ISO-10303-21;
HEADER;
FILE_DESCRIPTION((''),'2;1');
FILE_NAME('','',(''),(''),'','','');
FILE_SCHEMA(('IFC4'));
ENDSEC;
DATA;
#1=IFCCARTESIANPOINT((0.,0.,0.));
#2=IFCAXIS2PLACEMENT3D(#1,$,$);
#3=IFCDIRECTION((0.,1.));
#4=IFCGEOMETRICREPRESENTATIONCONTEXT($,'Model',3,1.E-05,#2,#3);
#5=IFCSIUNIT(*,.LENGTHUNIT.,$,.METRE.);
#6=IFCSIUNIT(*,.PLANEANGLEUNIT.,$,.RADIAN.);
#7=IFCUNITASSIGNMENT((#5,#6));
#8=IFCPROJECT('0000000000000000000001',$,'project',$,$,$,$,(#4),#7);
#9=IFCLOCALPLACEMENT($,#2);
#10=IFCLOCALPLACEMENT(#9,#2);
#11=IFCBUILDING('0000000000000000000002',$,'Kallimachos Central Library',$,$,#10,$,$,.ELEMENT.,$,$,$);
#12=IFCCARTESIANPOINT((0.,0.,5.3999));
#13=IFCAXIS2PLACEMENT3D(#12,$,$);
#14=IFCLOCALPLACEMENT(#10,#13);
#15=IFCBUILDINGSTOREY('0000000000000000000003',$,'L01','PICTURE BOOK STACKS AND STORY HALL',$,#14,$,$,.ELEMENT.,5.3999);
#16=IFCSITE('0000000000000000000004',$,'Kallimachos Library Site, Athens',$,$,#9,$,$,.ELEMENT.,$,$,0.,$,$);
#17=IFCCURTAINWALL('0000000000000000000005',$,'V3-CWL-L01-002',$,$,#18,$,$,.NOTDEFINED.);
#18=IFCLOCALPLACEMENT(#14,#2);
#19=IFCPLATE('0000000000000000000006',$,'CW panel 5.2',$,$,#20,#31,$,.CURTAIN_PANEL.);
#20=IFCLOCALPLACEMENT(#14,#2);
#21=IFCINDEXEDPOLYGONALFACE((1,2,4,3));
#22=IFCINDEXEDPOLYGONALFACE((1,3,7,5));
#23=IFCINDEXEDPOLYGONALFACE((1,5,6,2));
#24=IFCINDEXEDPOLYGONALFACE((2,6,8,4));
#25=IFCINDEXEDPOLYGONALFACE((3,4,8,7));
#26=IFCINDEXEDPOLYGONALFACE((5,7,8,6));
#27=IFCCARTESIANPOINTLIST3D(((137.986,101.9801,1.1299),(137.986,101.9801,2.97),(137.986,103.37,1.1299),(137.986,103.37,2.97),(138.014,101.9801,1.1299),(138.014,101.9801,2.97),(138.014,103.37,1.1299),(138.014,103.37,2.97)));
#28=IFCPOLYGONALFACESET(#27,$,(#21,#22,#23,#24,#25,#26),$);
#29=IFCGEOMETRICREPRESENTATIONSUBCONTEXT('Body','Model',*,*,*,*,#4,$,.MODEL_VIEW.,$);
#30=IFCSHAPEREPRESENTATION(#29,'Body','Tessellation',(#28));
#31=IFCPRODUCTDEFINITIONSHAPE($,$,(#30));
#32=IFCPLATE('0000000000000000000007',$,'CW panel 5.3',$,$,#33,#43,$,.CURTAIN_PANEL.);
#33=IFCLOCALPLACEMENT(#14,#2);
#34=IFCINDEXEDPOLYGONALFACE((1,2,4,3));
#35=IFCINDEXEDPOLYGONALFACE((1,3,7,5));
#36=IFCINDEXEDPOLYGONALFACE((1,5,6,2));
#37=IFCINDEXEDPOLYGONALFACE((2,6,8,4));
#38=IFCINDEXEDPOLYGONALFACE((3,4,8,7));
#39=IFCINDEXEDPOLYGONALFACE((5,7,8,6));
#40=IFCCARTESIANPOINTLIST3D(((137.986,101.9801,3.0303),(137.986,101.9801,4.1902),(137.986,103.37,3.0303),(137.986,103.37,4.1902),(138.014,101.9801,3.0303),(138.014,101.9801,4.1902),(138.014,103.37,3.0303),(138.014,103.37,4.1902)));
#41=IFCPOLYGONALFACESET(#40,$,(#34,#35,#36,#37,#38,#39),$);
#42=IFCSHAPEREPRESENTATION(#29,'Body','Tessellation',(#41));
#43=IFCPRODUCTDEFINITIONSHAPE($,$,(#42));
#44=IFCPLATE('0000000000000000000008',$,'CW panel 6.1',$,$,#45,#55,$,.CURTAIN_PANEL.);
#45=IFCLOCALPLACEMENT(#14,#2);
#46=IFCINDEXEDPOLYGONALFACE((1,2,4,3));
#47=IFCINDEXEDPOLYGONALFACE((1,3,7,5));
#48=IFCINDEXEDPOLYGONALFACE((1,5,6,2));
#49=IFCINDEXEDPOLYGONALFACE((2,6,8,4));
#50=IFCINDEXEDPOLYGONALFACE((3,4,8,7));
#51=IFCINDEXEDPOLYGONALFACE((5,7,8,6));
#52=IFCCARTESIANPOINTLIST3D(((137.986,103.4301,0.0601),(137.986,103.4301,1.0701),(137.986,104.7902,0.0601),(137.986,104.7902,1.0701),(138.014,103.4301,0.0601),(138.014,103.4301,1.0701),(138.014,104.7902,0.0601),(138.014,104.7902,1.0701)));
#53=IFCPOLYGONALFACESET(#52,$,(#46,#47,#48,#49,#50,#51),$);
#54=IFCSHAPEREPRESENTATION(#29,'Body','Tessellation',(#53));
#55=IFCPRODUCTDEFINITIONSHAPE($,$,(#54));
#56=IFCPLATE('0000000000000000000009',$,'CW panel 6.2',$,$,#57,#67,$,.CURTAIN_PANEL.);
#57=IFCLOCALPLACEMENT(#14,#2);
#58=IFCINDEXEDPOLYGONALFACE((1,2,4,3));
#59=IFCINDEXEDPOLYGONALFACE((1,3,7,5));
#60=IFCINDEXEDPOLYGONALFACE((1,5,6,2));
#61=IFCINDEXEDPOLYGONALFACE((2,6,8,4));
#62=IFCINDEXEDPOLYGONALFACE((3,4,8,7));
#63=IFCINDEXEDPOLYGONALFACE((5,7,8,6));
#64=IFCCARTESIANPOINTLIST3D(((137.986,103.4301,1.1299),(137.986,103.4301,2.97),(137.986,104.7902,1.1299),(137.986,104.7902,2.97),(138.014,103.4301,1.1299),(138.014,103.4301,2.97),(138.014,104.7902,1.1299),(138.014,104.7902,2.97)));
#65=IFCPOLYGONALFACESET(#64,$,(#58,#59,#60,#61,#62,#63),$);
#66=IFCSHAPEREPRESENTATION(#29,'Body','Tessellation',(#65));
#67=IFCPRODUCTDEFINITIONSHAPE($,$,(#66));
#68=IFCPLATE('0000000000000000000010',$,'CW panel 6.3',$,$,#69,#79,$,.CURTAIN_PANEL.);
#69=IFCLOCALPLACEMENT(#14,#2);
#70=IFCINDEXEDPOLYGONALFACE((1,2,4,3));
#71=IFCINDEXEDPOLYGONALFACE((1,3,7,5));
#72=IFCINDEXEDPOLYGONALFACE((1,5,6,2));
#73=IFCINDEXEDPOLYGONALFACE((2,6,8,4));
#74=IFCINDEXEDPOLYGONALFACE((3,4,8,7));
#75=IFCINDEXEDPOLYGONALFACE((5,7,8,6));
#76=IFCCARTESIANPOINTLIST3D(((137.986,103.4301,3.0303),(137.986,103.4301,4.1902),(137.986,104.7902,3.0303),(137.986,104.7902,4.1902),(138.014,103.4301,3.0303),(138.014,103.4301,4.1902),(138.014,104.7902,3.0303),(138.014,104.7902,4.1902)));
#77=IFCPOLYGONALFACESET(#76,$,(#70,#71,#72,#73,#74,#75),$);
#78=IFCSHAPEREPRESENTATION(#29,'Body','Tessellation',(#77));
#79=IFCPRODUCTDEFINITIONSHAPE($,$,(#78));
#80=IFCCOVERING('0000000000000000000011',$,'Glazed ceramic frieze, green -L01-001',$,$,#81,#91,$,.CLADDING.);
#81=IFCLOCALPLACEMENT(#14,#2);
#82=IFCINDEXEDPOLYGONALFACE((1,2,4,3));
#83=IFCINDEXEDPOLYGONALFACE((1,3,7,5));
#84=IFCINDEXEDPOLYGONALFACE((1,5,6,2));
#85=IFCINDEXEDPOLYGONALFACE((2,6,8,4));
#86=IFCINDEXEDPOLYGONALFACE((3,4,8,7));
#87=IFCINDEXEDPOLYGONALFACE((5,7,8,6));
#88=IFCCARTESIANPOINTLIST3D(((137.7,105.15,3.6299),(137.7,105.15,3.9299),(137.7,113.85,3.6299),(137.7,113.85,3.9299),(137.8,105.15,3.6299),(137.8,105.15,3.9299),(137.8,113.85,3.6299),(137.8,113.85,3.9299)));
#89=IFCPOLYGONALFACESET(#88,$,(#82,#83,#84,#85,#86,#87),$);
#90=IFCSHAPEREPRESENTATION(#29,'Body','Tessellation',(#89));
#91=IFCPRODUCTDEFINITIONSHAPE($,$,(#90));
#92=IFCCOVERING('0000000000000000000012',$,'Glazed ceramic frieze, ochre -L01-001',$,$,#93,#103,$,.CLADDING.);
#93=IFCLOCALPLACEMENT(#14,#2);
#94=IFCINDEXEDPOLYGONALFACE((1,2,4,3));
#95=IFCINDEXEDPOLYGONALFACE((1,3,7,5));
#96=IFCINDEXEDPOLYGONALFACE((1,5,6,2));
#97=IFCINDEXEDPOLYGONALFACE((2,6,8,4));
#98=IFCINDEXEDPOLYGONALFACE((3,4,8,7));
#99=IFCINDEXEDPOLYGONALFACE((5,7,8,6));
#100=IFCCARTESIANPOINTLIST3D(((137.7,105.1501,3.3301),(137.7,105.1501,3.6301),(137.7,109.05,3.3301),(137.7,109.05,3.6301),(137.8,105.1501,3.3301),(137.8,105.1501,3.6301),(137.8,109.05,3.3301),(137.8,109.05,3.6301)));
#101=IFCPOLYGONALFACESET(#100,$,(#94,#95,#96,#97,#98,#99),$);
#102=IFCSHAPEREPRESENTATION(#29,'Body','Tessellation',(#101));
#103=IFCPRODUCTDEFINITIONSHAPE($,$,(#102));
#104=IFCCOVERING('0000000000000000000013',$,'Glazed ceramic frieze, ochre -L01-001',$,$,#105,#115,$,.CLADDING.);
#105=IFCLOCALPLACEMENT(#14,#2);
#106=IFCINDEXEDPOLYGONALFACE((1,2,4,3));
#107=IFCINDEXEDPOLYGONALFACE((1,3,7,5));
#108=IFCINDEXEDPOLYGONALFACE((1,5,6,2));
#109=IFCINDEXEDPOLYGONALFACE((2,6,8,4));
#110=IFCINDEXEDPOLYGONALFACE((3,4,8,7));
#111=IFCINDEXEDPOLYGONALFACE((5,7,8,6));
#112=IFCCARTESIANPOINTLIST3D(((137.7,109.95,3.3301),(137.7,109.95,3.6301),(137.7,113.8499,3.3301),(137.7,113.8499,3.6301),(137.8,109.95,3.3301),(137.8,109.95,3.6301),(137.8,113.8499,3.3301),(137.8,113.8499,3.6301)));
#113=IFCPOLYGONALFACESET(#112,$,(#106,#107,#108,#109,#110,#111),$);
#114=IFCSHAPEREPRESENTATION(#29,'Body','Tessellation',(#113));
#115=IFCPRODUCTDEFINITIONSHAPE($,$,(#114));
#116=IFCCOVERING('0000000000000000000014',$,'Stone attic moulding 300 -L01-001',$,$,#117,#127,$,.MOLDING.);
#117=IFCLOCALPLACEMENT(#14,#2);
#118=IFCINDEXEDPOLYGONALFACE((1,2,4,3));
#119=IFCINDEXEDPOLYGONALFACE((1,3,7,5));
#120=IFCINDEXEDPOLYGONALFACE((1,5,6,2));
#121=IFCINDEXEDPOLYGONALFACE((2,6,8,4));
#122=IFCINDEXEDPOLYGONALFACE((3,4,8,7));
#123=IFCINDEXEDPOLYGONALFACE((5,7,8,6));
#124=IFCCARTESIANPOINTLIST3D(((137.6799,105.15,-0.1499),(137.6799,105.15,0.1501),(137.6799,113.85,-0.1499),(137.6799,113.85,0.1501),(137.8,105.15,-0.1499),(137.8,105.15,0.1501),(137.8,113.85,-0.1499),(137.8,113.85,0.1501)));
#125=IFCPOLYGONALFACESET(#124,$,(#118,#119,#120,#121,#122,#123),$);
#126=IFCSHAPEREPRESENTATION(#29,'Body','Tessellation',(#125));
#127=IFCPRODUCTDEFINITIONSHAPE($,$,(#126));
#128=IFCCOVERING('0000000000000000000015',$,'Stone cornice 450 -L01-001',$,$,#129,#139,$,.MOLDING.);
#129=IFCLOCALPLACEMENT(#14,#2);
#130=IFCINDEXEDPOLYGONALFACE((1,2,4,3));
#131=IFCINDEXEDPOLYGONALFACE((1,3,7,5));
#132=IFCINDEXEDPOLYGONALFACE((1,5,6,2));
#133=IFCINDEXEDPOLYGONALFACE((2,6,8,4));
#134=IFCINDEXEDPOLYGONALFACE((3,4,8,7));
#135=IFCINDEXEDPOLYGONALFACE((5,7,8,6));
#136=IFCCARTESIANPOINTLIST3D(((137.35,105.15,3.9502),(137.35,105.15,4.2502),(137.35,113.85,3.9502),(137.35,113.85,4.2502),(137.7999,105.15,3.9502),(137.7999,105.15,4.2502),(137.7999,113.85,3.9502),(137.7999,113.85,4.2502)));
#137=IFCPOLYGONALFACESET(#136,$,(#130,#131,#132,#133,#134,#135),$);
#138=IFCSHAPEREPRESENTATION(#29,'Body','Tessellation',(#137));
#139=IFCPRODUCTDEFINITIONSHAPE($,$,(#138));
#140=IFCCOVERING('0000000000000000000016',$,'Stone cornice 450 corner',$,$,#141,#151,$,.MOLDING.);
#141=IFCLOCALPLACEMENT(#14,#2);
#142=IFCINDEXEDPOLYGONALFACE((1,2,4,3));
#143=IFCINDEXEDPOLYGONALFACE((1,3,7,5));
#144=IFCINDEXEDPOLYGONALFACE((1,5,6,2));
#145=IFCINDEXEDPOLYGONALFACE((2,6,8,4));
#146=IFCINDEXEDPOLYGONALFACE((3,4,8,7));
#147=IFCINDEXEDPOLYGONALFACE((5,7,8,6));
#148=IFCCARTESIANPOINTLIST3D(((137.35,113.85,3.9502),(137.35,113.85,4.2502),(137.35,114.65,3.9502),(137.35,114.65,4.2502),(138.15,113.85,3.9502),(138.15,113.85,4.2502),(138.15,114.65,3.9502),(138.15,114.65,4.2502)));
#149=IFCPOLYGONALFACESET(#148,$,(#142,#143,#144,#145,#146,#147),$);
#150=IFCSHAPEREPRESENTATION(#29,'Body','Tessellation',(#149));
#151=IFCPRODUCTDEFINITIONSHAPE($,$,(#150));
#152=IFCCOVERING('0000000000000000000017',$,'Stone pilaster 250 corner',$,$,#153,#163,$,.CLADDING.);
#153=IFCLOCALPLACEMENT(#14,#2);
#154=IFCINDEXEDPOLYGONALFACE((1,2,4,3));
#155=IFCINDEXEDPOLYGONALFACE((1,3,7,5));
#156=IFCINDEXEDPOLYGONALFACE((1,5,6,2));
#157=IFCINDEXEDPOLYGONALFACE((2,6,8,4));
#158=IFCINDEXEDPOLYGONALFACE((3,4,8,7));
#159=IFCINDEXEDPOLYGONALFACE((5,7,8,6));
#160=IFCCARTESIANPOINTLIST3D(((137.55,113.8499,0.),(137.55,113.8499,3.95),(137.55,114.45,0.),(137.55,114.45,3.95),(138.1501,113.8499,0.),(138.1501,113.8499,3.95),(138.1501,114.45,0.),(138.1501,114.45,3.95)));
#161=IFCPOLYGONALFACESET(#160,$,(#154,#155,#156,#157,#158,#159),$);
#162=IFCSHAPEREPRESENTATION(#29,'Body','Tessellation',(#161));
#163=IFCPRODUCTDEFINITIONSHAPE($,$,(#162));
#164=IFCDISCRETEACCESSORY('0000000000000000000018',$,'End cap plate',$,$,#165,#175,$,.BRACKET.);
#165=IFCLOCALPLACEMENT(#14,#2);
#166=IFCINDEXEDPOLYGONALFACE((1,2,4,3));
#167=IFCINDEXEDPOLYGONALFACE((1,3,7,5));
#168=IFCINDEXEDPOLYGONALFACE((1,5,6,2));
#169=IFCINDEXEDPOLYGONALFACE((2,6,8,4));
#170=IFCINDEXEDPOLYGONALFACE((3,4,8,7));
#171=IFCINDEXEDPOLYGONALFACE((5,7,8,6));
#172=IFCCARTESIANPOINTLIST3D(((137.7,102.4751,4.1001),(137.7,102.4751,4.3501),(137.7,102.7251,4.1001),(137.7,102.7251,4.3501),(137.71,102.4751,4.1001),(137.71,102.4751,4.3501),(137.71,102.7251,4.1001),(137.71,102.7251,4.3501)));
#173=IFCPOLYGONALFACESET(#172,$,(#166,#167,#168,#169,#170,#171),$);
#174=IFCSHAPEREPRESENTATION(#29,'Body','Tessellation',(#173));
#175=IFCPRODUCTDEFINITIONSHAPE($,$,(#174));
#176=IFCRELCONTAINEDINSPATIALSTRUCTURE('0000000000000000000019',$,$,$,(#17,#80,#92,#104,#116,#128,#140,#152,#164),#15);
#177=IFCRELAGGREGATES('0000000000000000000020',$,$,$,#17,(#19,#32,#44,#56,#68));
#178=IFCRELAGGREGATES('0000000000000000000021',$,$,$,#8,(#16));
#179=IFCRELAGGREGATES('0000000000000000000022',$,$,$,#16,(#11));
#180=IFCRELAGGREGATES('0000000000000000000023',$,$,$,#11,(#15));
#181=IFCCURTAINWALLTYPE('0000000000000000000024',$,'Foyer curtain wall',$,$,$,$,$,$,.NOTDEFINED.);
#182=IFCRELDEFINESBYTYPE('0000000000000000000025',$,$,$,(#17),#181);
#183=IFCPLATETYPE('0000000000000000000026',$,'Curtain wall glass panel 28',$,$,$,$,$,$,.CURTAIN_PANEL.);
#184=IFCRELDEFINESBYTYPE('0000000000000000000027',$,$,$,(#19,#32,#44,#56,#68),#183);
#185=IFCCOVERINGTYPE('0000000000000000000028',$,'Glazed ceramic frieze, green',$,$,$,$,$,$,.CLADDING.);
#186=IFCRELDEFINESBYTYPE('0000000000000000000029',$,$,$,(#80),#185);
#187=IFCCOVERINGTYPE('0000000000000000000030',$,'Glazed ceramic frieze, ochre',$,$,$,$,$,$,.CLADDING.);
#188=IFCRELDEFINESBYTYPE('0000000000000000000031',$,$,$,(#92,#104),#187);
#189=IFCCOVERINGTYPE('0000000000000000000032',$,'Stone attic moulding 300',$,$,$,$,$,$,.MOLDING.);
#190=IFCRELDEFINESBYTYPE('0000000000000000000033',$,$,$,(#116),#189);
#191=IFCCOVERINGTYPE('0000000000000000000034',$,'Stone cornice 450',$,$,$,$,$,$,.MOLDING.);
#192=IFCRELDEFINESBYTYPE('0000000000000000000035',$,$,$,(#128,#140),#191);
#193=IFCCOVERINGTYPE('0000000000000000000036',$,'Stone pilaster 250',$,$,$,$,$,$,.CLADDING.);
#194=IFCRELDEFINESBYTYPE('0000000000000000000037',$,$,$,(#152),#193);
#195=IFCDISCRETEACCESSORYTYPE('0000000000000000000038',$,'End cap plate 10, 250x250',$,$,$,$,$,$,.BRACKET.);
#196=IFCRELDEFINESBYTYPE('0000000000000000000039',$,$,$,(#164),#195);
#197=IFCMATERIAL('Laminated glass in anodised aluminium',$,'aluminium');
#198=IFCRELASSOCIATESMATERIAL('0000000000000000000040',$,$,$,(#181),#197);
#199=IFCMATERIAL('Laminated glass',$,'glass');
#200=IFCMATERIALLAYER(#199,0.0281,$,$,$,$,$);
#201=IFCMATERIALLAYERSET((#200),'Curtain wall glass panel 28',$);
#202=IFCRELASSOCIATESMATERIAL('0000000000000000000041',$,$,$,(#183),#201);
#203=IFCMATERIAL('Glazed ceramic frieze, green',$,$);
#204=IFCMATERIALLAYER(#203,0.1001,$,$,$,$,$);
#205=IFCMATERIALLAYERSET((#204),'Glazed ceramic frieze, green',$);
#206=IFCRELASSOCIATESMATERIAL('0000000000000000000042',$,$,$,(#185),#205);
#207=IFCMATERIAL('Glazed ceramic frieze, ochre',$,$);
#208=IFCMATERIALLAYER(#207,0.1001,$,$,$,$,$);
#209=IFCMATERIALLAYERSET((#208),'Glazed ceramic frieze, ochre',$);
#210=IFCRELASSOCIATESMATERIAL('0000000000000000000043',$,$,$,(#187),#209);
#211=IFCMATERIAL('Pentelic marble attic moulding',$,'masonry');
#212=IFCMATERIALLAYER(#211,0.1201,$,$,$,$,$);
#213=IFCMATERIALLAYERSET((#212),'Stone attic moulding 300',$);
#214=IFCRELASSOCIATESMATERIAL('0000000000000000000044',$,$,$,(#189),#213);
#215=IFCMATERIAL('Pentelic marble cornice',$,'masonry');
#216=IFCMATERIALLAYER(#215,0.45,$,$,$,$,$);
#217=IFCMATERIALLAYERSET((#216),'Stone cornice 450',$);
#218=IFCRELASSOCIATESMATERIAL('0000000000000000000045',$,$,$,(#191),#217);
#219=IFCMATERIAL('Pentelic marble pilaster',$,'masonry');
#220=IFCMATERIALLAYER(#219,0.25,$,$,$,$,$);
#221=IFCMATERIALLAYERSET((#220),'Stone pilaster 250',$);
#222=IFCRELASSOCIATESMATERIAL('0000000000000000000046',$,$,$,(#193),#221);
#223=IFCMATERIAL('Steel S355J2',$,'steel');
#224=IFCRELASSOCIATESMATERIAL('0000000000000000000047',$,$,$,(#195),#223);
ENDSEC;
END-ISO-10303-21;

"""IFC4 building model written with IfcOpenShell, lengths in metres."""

from ifc_helpers import new_model, si_unit, direction, frame, origin, origin_2d, place, context, subcontext, project, spatial, rectangle, extrude, material, layer, layer_set, material_profile, profile_set, type_object, element, aggregate, save


model = new_model("IFC4")

# Units and contexts
model_context = context("Model", 3, precision=1e-05, world=origin(), true_north=direction((0.0, 1.0)))
body_context = subcontext(model_context, "Body", "Model", "MODEL_VIEW")
ifc_project = project(units=[si_unit("LENGTHUNIT", "METRE"), si_unit("PLANEANGLEUNIT", "RADIAN")], contexts=[model_context])

# Site, building, storey
site_placement = place(None, origin())
site = spatial("IfcSite", under=ifc_project, at=site_placement, Name="Kallimachos Library Site, Athens", CompositionType="ELEMENT", RefElevation=0.0)
building_placement = place(site_placement, origin())
building = spatial("IfcBuilding", under=site, at=building_placement, Name="Kallimachos Central Library", CompositionType="ELEMENT")
storey_placement = place(building_placement, frame((0.0, 0.0, 5.3999)))
storey = spatial("IfcBuildingStorey", under=building, at=storey_placement, Name="L01", Description="PICTURE BOOK STACKS AND STORY HALL", CompositionType="ELEMENT", Elevation=5.3999)

# Curtain wall, plates
ifc_material_1 = material(Name="Laminated glass in anodised aluminium", Category="aluminium")
curtain_wall_type = type_object("IfcCurtainWallType", Name="Foyer curtain wall", PredefinedType="NOTDEFINED", material=ifc_material_1)
curtain_wall_placement = place(storey_placement, origin())
curtain_wall = element("IfcCurtainWall", 1, at=curtain_wall_placement, inside=storey, type_object=curtain_wall_type, Name="V3-CWL-L01-002", PredefinedType="NOTDEFINED")
ifc_material_2 = material(Name="Laminated glass", Category="glass")
ifc_layer_1 = layer(ifc_material_2, 0.0281)
ifc_layer_set_1 = layer_set([ifc_layer_1], Name="Curtain wall glass panel 28")
plate_type = type_object("IfcPlateType", Name="Curtain wall glass panel 28", PredefinedType="CURTAIN_PANEL", material=ifc_layer_set_1)
plate_1_placement = place(storey_placement, frame((138.0, 102.675, 1.1299), z_axis=(0.0, 0.0, 1.0), x_axis=(0.0, 1.0, 0.0)))
plate_1 = element("IfcPlate", 2, at=plate_1_placement, type_object=plate_type, Name="CW panel 5.2", PredefinedType="CURTAIN_PANEL", context=body_context, shape_type="SweptSolid", body=[
    extrude(rectangle(XDim=1.3899, YDim=0.0281, at=origin_2d()), origin(), (0.0, 0.0, 1.0), 1.8401),
])
plate_2_placement = place(storey_placement, frame((138.0, 102.675, 3.0303), z_axis=(0.0, 0.0, 1.0), x_axis=(0.0, 1.0, 0.0)))
plate_2 = element("IfcPlate", 3, at=plate_2_placement, type_object=plate_type, Name="CW panel 5.3", PredefinedType="CURTAIN_PANEL", context=body_context, shape_type="SweptSolid", body=[
    extrude(rectangle(XDim=1.3899, YDim=0.0281, at=origin_2d()), origin(), (0.0, 0.0, 1.0), 1.1599),
])
plate_3_placement = place(storey_placement, frame((138.0, 104.1101, 0.0601), z_axis=(0.0, 0.0, 1.0), x_axis=(0.0, 1.0, 0.0)))
plate_3 = element("IfcPlate", 4, at=plate_3_placement, type_object=plate_type, Name="CW panel 6.1", PredefinedType="CURTAIN_PANEL", context=body_context, shape_type="SweptSolid", body=[
    extrude(rectangle(XDim=1.3601, YDim=0.0281, at=origin_2d()), origin(), (0.0, 0.0, 1.0), 1.01),
])
plate_4_placement = place(storey_placement, frame((138.0, 104.1101, 1.1299), z_axis=(0.0, 0.0, 1.0), x_axis=(0.0, 1.0, 0.0)))
plate_4 = element("IfcPlate", 5, at=plate_4_placement, type_object=plate_type, Name="CW panel 6.2", PredefinedType="CURTAIN_PANEL", context=body_context, shape_type="SweptSolid", body=[
    extrude(rectangle(XDim=1.3601, YDim=0.0281, at=origin_2d()), origin(), (0.0, 0.0, 1.0), 1.8401),
])
plate_5_placement = place(storey_placement, frame((138.0, 104.1101, 3.0303), z_axis=(0.0, 0.0, 1.0), x_axis=(0.0, 1.0, 0.0)))
plate_5 = element("IfcPlate", 6, at=plate_5_placement, type_object=plate_type, Name="CW panel 6.3", PredefinedType="CURTAIN_PANEL", context=body_context, shape_type="SweptSolid", body=[
    extrude(rectangle(XDim=1.3601, YDim=0.0281, at=origin_2d()), origin(), (0.0, 0.0, 1.0), 1.1599),
])
aggregate(curtain_wall, [plate_1, plate_2, plate_3, plate_4, plate_5])

# Coverings
ifc_material_3 = material(Name="Glazed ceramic frieze, green")
ifc_layer_2 = layer(ifc_material_3, 0.1001)
ifc_layer_set_2 = layer_set([ifc_layer_2], Name="Glazed ceramic frieze, green")
covering_type_1 = type_object("IfcCoveringType", Name="Glazed ceramic frieze, green", PredefinedType="CLADDING", material=ifc_layer_set_2)
covering_1_placement = place(storey_placement, frame((137.75, 109.5, 3.6299), z_axis=(0.0, 0.0, 1.0), x_axis=(1.0, 0.0, 0.0)))
element("IfcCovering", 7, at=covering_1_placement, inside=storey, type_object=covering_type_1, Name="Glazed ceramic frieze, green -L01-001", PredefinedType="CLADDING", context=body_context, shape_type="SweptSolid", body=[
    extrude(rectangle(XDim=0.1001, YDim=8.7, at=origin_2d()), origin(), (0.0, 0.0, 1.0), 0.3),
])
ifc_material_4 = material(Name="Glazed ceramic frieze, ochre")
ifc_layer_3 = layer(ifc_material_4, 0.1001)
ifc_layer_set_3 = layer_set([ifc_layer_3], Name="Glazed ceramic frieze, ochre")
covering_type_2 = type_object("IfcCoveringType", Name="Glazed ceramic frieze, ochre", PredefinedType="CLADDING", material=ifc_layer_set_3)
for number, where, z_axis, x_axis, name in (
    (8, (137.75, 107.1001, 3.3301), (0.0, 0.0, 1.0), (1.0, 0.0, 0.0), "Glazed ceramic frieze, ochre -L01-001"),
    (9, (137.75, 111.8999, 3.3301), (0.0, 0.0, 1.0), (1.0, 0.0, 0.0), "Glazed ceramic frieze, ochre -L01-001"),
):
    element("IfcCovering", number, at=place(storey_placement, frame(where, z_axis=z_axis, x_axis=x_axis)), inside=storey, type_object=covering_type_2, Name=name, PredefinedType="CLADDING", context=body_context, shape_type="SweptSolid", body=[
        extrude(rectangle(XDim=0.1001, YDim=3.8999, at=origin_2d()), origin(), (0.0, 0.0, 1.0), 0.3),
    ])
ifc_material_5 = material(Name="Pentelic marble attic moulding", Category="masonry")
ifc_layer_4 = layer(ifc_material_5, 0.1201)
ifc_layer_set_4 = layer_set([ifc_layer_4], Name="Stone attic moulding 300")
covering_type_3 = type_object("IfcCoveringType", Name="Stone attic moulding 300", PredefinedType="MOLDING", material=ifc_layer_set_4)
covering_2_placement = place(storey_placement, frame((137.74, 109.5, -0.1499), z_axis=(0.0, 0.0, 1.0), x_axis=(1.0, 0.0, 0.0)))
element("IfcCovering", 10, at=covering_2_placement, inside=storey, type_object=covering_type_3, Name="Stone attic moulding 300 -L01-001", PredefinedType="MOLDING", context=body_context, shape_type="SweptSolid", body=[
    extrude(rectangle(XDim=0.1201, YDim=8.7, at=origin_2d()), origin(), (0.0, 0.0, 1.0), 0.3),
])
ifc_material_6 = material(Name="Pentelic marble cornice", Category="masonry")
ifc_layer_5 = layer(ifc_material_6, 0.45)
ifc_layer_set_5 = layer_set([ifc_layer_5], Name="Stone cornice 450")
covering_type_4 = type_object("IfcCoveringType", Name="Stone cornice 450", PredefinedType="MOLDING", material=ifc_layer_set_5)
covering_3_placement = place(storey_placement, frame((137.575, 109.5, 3.9502), z_axis=(0.0, 0.0, 1.0), x_axis=(1.0, 0.0, 0.0)))
element("IfcCovering", 11, at=covering_3_placement, inside=storey, type_object=covering_type_4, Name="Stone cornice 450 -L01-001", PredefinedType="MOLDING", context=body_context, shape_type="SweptSolid", body=[
    extrude(rectangle(XDim=0.45, YDim=8.7, at=origin_2d()), origin(), (0.0, 0.0, 1.0), 0.3),
])
covering_4_placement = place(storey_placement, frame((137.75, 114.25, 3.9502), z_axis=(0.0, 0.0, 1.0), x_axis=(1.0, 0.0, 0.0)))
element("IfcCovering", 12, at=covering_4_placement, inside=storey, type_object=covering_type_4, Name="Stone cornice 450 corner", PredefinedType="MOLDING", context=body_context, shape_type="SweptSolid", body=[
    extrude(rectangle(XDim=0.8, YDim=0.8, at=origin_2d()), origin(), (0.0, 0.0, 1.0), 0.3),
])
ifc_material_7 = material(Name="Pentelic marble pilaster", Category="masonry")
ifc_layer_6 = layer(ifc_material_7, 0.25)
ifc_layer_set_6 = layer_set([ifc_layer_6], Name="Stone pilaster 250")
covering_type_5 = type_object("IfcCoveringType", Name="Stone pilaster 250", PredefinedType="CLADDING", material=ifc_layer_set_6)
covering_5_placement = place(storey_placement, frame((137.8501, 114.1499, 0.0), z_axis=(0.0, 0.0, 1.0), x_axis=(1.0, 0.0, 0.0)))
element("IfcCovering", 13, at=covering_5_placement, inside=storey, type_object=covering_type_5, Name="Stone pilaster 250 corner", PredefinedType="CLADDING", context=body_context, shape_type="SweptSolid", body=[
    extrude(rectangle(XDim=0.6001, YDim=0.6001, at=origin_2d()), origin(), (0.0, 0.0, 1.0), 3.95),
])

# Discrete accessory
ifc_material_8 = material(Name="Steel S355J2", Category="steel")
ifc_material_profile_1 = material_profile(ifc_material_8, rectangle(XDim=0.25, YDim=0.25, at=origin_2d()), Name="End cap plate 10, 250x250")
ifc_profile_set_1 = profile_set([ifc_material_profile_1], Name="Steel S355J2")
discrete_accessory_type = type_object("IfcDiscreteAccessoryType", Name="End cap plate 10, 250x250", PredefinedType="BRACKET", material=ifc_profile_set_1)
discrete_accessory_placement = place(storey_placement, frame((137.7, 102.6001, 4.2251), z_axis=(1.0, 0.0, 0.0), x_axis=(0.0, 1.0, 0.0)))
element("IfcDiscreteAccessory", 14, at=discrete_accessory_placement, inside=storey, type_object=discrete_accessory_type, Name="End cap plate", PredefinedType="BRACKET", context=body_context, shape_type="SweptSolid", body=[
    extrude(rectangle(XDim=0.25, YDim=0.25, at=origin_2d()), origin(), (0.0, 0.0, 1.0), 0.01),
])

save(model, "model.ifc")
